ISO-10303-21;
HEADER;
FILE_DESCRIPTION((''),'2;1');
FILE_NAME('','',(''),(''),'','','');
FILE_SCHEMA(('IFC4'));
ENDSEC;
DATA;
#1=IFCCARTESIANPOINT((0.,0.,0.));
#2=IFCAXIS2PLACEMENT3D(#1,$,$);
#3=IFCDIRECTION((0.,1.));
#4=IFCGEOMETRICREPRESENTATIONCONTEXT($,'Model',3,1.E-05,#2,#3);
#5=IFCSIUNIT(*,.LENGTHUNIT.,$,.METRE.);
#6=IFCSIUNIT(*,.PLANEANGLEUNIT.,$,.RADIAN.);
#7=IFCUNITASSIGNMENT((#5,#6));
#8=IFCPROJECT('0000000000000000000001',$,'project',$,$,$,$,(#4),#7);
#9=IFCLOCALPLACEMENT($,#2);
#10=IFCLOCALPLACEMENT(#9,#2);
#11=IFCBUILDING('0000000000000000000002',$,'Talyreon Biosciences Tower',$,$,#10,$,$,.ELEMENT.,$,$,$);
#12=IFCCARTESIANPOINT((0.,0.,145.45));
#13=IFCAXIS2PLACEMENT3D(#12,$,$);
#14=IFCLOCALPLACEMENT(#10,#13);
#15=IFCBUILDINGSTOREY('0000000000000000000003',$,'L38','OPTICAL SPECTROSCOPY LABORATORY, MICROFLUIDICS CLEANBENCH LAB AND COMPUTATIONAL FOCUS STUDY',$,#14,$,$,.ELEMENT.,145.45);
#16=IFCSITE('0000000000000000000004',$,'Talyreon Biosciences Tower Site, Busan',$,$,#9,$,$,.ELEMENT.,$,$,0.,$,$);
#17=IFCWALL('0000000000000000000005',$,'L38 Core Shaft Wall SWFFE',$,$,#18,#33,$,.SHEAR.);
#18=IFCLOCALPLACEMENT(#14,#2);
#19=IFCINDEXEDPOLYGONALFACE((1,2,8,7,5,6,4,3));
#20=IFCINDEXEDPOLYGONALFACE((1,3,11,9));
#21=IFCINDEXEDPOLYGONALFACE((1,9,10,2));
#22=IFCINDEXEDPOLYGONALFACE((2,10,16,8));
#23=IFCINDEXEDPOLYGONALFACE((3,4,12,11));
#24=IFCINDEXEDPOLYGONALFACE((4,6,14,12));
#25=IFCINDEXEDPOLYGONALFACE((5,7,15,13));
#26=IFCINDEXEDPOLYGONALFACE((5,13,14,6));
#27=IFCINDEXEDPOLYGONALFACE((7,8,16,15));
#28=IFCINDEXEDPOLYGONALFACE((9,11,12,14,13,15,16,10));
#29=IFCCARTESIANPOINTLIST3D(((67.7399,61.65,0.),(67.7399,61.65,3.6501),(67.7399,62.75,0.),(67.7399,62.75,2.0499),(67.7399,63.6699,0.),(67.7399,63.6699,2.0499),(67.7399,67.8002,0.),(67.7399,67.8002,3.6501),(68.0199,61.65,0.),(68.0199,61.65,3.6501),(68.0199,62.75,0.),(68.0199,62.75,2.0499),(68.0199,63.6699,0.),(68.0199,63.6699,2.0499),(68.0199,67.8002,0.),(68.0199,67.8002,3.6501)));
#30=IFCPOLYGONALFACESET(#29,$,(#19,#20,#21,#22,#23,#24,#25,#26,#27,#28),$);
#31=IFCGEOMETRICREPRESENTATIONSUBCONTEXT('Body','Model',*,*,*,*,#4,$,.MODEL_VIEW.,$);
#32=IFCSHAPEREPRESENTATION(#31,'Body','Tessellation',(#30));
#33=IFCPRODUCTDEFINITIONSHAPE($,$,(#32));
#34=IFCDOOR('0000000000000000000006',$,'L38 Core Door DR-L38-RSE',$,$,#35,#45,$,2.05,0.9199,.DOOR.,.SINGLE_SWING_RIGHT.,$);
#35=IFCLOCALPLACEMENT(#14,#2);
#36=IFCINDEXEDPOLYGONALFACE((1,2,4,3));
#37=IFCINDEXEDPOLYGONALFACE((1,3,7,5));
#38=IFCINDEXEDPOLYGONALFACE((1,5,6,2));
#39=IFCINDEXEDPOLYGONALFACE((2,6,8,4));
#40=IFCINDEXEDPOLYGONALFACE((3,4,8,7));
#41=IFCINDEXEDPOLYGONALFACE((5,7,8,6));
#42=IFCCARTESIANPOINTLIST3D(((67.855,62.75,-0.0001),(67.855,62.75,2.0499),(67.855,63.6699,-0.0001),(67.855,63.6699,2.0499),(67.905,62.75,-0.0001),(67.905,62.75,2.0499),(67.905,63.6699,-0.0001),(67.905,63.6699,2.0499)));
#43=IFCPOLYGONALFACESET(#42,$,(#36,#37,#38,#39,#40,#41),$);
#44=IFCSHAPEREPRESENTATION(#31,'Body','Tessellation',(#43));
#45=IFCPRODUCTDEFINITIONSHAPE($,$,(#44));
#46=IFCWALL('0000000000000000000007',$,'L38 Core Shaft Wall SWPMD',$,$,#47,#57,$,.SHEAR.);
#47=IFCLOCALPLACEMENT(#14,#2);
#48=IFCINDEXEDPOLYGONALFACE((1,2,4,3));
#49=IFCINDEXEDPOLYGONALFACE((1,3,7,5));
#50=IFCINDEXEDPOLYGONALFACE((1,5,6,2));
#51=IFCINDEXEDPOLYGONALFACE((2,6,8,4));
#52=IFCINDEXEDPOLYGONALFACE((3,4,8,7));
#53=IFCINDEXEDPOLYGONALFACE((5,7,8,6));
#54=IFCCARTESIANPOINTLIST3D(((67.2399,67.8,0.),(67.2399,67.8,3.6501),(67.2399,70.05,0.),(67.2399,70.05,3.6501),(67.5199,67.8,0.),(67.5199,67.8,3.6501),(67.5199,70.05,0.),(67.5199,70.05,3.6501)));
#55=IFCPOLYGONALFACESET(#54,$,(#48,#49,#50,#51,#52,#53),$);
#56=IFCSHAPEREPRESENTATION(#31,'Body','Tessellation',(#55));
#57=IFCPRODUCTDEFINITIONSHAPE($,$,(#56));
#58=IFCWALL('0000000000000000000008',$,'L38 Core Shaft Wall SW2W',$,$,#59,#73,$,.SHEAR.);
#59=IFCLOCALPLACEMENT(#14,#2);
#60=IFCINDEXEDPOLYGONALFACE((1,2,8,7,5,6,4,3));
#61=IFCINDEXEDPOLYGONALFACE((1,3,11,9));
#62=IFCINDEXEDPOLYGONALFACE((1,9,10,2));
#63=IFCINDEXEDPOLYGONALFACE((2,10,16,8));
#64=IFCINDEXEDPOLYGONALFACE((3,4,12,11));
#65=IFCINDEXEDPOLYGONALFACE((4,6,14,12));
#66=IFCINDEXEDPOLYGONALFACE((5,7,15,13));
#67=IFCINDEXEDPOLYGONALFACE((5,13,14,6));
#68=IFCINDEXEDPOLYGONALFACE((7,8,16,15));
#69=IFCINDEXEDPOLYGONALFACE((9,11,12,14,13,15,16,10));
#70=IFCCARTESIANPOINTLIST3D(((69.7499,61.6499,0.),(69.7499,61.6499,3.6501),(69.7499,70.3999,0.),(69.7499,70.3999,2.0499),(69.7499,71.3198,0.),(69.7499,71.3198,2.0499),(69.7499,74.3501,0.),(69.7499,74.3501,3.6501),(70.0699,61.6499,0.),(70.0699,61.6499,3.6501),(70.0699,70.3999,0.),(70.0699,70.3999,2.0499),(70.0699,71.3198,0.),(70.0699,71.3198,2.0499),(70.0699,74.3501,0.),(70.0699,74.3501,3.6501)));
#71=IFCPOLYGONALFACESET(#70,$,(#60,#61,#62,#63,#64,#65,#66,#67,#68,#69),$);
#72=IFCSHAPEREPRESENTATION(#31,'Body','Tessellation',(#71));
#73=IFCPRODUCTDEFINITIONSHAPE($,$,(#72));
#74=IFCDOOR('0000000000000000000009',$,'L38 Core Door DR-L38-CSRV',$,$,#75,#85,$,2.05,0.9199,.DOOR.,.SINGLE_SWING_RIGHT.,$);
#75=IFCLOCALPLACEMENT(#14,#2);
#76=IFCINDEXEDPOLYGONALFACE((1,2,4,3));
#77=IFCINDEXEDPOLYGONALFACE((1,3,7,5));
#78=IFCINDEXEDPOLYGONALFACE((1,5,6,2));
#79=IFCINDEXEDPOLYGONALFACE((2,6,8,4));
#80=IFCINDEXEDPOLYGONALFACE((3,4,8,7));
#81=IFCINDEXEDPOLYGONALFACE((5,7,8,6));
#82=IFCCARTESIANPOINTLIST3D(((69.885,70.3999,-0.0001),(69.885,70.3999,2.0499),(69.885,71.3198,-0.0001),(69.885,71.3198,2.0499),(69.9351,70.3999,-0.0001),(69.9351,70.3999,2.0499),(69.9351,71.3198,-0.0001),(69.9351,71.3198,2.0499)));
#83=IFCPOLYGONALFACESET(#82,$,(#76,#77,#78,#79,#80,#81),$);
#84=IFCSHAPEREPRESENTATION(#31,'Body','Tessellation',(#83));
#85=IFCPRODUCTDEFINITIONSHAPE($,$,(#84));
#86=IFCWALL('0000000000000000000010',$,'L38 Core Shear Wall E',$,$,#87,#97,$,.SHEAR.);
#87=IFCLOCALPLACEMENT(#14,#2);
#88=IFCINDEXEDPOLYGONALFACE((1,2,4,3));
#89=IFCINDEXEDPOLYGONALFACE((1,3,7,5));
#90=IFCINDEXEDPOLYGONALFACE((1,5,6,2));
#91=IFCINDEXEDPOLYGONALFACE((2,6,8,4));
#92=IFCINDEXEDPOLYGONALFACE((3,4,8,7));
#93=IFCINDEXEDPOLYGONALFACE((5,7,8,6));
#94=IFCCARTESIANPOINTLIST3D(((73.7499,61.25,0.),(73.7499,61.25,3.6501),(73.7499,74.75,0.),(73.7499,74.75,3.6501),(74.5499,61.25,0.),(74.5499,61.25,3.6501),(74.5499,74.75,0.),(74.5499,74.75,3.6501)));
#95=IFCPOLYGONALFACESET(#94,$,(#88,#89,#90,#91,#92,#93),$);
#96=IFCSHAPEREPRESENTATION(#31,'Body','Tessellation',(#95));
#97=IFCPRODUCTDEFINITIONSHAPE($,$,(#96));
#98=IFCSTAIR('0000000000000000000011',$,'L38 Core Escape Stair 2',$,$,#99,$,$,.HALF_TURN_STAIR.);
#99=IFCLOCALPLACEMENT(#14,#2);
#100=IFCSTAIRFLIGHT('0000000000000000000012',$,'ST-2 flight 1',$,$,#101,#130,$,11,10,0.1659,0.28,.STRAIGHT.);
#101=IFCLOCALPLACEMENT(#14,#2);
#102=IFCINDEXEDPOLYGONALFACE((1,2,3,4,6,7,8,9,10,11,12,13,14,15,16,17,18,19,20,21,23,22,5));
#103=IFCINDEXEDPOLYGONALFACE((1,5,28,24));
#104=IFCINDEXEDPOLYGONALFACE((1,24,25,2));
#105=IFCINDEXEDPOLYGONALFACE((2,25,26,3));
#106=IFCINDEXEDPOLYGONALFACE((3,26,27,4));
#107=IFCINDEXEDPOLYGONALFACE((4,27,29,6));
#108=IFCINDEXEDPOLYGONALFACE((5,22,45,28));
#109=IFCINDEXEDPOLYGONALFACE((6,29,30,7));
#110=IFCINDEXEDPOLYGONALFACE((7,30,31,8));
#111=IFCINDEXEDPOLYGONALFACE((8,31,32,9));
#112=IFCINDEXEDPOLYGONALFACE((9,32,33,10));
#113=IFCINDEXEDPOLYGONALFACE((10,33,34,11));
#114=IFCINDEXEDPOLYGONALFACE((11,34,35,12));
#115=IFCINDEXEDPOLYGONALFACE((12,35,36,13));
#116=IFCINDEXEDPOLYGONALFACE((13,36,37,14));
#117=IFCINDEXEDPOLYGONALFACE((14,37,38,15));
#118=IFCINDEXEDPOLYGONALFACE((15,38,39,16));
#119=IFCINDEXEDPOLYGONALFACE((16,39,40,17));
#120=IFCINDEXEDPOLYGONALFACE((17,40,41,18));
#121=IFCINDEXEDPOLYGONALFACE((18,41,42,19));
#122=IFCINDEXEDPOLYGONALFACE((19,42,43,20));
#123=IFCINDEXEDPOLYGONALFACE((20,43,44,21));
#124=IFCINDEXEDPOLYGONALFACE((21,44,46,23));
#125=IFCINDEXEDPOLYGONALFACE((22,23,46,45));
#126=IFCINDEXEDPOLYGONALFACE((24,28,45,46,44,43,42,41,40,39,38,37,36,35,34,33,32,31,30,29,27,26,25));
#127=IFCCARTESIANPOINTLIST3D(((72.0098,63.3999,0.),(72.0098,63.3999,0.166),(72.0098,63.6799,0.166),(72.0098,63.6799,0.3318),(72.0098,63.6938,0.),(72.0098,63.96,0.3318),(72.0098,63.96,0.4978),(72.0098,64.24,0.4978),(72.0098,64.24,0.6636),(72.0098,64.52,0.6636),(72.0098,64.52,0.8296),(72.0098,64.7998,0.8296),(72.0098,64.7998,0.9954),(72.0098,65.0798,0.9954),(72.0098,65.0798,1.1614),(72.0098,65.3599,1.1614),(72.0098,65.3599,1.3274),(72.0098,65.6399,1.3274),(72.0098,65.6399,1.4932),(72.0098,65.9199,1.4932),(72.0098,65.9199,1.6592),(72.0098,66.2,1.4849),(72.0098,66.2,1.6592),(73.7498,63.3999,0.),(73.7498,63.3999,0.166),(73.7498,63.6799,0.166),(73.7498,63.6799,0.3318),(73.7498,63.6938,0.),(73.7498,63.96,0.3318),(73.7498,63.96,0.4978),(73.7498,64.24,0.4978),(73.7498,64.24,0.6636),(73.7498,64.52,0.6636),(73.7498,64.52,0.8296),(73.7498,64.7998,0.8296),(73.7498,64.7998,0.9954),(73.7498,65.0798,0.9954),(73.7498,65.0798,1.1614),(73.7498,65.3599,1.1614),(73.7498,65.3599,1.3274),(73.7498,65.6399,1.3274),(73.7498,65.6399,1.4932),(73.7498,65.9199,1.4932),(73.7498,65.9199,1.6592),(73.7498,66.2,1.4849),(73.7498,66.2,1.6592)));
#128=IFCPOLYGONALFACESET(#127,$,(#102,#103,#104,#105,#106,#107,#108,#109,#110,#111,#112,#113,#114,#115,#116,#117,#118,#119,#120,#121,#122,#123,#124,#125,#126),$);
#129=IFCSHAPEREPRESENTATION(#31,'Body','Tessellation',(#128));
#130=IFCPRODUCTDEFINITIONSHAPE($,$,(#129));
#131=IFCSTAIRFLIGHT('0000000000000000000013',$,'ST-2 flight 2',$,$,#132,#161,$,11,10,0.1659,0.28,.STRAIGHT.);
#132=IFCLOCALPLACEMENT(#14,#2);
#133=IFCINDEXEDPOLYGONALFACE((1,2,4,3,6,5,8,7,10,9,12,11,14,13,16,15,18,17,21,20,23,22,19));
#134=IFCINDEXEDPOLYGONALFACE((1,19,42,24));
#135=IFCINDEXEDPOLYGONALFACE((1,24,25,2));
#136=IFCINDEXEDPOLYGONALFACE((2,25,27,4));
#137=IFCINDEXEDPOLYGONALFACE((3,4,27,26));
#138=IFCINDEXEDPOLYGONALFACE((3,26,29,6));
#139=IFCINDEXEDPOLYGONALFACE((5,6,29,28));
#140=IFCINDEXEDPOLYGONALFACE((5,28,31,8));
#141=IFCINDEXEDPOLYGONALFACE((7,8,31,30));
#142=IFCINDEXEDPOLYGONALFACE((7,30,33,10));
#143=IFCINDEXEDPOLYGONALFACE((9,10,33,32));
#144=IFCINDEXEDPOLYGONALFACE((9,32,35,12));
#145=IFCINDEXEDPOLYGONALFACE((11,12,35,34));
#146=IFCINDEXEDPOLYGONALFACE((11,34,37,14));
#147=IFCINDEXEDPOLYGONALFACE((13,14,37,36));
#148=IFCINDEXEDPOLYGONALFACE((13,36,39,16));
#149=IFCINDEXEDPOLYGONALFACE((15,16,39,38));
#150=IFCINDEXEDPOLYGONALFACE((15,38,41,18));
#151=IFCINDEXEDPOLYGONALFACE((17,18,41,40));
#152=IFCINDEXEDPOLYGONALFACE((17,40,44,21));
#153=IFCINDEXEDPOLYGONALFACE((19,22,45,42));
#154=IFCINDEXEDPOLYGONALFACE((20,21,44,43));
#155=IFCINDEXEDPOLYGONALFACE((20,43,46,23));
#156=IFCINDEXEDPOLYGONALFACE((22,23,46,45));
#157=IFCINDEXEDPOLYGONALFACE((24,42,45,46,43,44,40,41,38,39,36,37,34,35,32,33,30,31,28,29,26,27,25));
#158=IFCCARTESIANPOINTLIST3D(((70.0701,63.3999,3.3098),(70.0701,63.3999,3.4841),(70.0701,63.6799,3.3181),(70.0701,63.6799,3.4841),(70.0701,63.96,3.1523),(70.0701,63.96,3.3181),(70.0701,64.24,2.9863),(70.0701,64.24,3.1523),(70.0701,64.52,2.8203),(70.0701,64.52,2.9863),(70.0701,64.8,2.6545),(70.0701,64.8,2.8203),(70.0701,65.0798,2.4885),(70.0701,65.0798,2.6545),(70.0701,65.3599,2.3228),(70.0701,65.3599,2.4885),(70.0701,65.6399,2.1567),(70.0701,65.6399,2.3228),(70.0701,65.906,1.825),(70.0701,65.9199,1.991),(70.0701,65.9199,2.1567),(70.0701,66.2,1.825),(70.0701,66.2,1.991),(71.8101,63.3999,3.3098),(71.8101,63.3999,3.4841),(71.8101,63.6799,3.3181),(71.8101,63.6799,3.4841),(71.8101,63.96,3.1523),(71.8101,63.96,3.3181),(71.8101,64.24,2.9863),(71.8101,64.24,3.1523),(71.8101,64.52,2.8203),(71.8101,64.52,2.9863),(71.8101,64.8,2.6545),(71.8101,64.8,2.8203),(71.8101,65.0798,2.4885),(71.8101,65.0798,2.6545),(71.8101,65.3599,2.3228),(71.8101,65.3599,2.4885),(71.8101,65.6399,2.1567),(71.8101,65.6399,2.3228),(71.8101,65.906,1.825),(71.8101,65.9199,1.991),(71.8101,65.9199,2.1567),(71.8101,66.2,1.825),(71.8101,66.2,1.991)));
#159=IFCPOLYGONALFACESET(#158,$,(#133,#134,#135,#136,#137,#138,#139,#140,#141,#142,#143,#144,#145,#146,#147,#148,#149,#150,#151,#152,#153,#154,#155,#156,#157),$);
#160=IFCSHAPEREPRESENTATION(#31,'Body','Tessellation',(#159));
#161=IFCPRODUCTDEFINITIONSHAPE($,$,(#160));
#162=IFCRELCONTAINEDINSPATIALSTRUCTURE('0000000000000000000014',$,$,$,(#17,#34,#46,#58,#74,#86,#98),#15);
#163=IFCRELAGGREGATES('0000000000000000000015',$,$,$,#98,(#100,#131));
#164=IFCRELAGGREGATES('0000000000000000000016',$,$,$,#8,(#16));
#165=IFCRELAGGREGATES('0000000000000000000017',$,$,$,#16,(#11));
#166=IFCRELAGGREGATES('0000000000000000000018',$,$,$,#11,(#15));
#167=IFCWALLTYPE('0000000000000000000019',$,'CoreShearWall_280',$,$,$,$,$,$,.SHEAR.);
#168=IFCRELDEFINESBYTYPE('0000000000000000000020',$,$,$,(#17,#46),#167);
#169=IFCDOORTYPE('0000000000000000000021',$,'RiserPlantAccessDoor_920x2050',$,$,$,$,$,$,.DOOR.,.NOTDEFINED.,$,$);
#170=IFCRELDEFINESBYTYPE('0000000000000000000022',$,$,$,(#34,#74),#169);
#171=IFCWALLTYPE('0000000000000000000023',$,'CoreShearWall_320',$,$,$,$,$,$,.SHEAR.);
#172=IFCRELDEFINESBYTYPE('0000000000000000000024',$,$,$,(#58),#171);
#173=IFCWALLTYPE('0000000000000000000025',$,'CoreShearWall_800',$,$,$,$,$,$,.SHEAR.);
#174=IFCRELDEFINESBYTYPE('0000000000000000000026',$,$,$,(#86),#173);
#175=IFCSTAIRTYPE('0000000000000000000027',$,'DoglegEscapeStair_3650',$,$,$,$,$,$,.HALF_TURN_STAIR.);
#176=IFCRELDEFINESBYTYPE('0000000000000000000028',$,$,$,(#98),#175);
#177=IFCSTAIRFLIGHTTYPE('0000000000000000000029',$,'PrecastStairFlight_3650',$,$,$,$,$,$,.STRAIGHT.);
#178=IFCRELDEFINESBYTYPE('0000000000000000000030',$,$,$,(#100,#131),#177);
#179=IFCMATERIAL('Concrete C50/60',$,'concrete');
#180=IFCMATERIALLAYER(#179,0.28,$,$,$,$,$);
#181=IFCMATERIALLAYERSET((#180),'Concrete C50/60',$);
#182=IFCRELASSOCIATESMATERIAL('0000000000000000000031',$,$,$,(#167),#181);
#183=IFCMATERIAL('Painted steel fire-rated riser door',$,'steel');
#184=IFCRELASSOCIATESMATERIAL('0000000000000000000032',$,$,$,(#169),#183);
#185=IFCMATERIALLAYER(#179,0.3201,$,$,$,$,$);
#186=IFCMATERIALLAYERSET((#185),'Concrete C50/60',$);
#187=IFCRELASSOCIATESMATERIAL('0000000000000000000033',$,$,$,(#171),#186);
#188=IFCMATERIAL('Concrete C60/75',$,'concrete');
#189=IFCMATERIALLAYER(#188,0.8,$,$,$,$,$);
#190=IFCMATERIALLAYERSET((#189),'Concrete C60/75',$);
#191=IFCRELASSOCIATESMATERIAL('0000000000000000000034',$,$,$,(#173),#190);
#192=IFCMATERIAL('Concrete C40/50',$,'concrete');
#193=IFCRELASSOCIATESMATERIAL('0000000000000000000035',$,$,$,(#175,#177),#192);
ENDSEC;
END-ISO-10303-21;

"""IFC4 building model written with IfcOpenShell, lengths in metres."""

from ifc_helpers import new_model, si_unit, direction, frame, frame_2d, origin, place, context, subcontext, project, spatial, polyline, rectangle, outline, extrude, material, layer, layer_set, type_object, element, fill, aggregate, save


model = new_model("IFC4")

# Units and contexts
model_context = context("Model", 3, precision=1e-05, world=origin(), true_north=direction((0.0, 1.0)))
body_context = subcontext(model_context, "Body", "Model", "MODEL_VIEW")
ifc_project = project(units=[si_unit("LENGTHUNIT", "METRE"), si_unit("PLANEANGLEUNIT", "RADIAN")], contexts=[model_context])

# Site, building, storey
site_placement = place(None, origin())
site = spatial("IfcSite", under=ifc_project, at=site_placement, Name="Talyreon Biosciences Tower Site, Busan", CompositionType="ELEMENT", RefElevation=0.0)
building_placement = place(site_placement, origin())
building = spatial("IfcBuilding", under=site, at=building_placement, Name="Talyreon Biosciences Tower", CompositionType="ELEMENT")
storey_placement = place(building_placement, frame((0.0, 0.0, 145.45)))
storey = spatial("IfcBuildingStorey", under=building, at=storey_placement, Name="L38", Description="OPTICAL SPECTROSCOPY LABORATORY, MICROFLUIDICS CLEANBENCH LAB AND COMPUTATIONAL FOCUS STUDY", CompositionType="ELEMENT", Elevation=145.45)

# Shared definitions
ifc_material_1 = material(Name="Concrete C60/75", Category="concrete")
ifc_material_2 = material(Name="Concrete C50/60", Category="concrete")

# Wall, opening, door
ifc_layer_1 = layer(ifc_material_2, 0.28)
ifc_layer_set_1 = layer_set([ifc_layer_1], Name="Concrete C50/60")
wall_type_1 = type_object("IfcWallType", Name="CoreShearWall_280", PredefinedType="SHEAR", material=ifc_layer_set_1)
wall_1_placement = place(storey_placement, frame((67.8799, 61.6499, 0.0), z_axis=(0.0, 0.0, 1.0), x_axis=(0.0, 1.0, 0.0)))
wall_1 = element("IfcWall", 1, at=wall_1_placement, inside=storey, type_object=wall_type_1, Name="L38 Core Shaft Wall SWFFE", PredefinedType="SHEAR", context=body_context, shape_type="SweptSolid", body=[
    extrude(rectangle(XDim=6.1501, YDim=0.28, at=frame_2d((3.0752, 0.0))), origin(), (0.0, 0.0, 1.0), 3.6501),
])
opening_1_placement = place(wall_1_placement, frame((1.1001, 0.0, 0.0)))
opening_1 = element("IfcOpeningElement", 2, at=opening_1_placement, cuts=wall_1, PredefinedType="OPENING", context=body_context, shape_type="SweptSolid", body=[
    extrude(rectangle(XDim=0.9199, YDim=2.05, at=frame_2d((0.46, 1.0249))), frame((0.0, 0.1499, 0.0), z_axis=(0.0, -1.0, 0.0), x_axis=(1.0, 0.0, 0.0)), (0.0, 0.0, 1.0), 0.3),
])
ifc_material_3 = material(Name="Painted steel fire-rated riser door", Category="steel")
door_type = type_object("IfcDoorType", Name="RiserPlantAccessDoor_920x2050", OperationType="NOTDEFINED", PredefinedType="DOOR", material=ifc_material_3)
door_1_placement = place(opening_1_placement, origin())
door_1 = element("IfcDoor", 3, at=door_1_placement, inside=storey, type_object=door_type, Name="L38 Core Door DR-L38-RSE", OperationType="SINGLE_SWING_RIGHT", OverallHeight=2.05, OverallWidth=0.9199, PredefinedType="DOOR", context=body_context, shape_type="SweptSolid", body=[
    extrude(rectangle(XDim=0.9199, YDim=2.05, at=frame_2d((0.46, 1.0249))), frame((0.0, 0.0249, 0.0), z_axis=(0.0, -1.0, 0.0), x_axis=(1.0, 0.0, 0.0)), (0.0, 0.0, 1.0), 0.05),
])
fill(opening_1, door_1)

# Wall
wall_2_placement = place(storey_placement, frame((67.3799, 67.8, 0.0), z_axis=(0.0, 0.0, 1.0), x_axis=(0.0, 1.0, 0.0)))
element("IfcWall", 4, at=wall_2_placement, inside=storey, type_object=wall_type_1, Name="L38 Core Shaft Wall SWPMD", PredefinedType="SHEAR", context=body_context, shape_type="SweptSolid", body=[
    extrude(rectangle(XDim=2.25, YDim=0.28, at=frame_2d((1.125, 0.0))), origin(), (0.0, 0.0, 1.0), 3.6501),
])

# Wall, opening, door
ifc_layer_2 = layer(ifc_material_2, 0.3201)
ifc_layer_set_2 = layer_set([ifc_layer_2], Name="Concrete C50/60")
wall_type_2 = type_object("IfcWallType", Name="CoreShearWall_320", PredefinedType="SHEAR", material=ifc_layer_set_2)
wall_3_placement = place(storey_placement, frame((69.9099, 61.6499, 0.0), z_axis=(0.0, 0.0, 1.0), x_axis=(0.0, 1.0, 0.0)))
wall_3 = element("IfcWall", 5, at=wall_3_placement, inside=storey, type_object=wall_type_2, Name="L38 Core Shaft Wall SW2W", PredefinedType="SHEAR", context=body_context, shape_type="SweptSolid", body=[
    extrude(rectangle(XDim=12.7002, YDim=0.3201, at=frame_2d((6.3501, 0.0))), origin(), (0.0, 0.0, 1.0), 3.6501),
])
opening_2_placement = place(wall_3_placement, frame((8.75, 0.0, 0.0)))
opening_2 = element("IfcOpeningElement", 6, at=opening_2_placement, cuts=wall_3, PredefinedType="OPENING", context=body_context, shape_type="SweptSolid", body=[
    extrude(rectangle(XDim=0.9199, YDim=2.05, at=frame_2d((0.46, 1.0249))), frame((0.0, 0.1699, 0.0), z_axis=(0.0, -1.0, 0.0), x_axis=(1.0, 0.0, 0.0)), (0.0, 0.0, 1.0), 0.3401),
])
door_2_placement = place(opening_2_placement, origin())
door_2 = element("IfcDoor", 7, at=door_2_placement, inside=storey, type_object=door_type, Name="L38 Core Door DR-L38-CSRV", OperationType="SINGLE_SWING_RIGHT", OverallHeight=2.05, OverallWidth=0.9199, PredefinedType="DOOR", context=body_context, shape_type="SweptSolid", body=[
    extrude(rectangle(XDim=0.9199, YDim=2.05, at=frame_2d((0.46, 1.0249))), frame((0.0, 0.0249, 0.0), z_axis=(0.0, -1.0, 0.0), x_axis=(1.0, 0.0, 0.0)), (0.0, 0.0, 1.0), 0.05),
])
fill(opening_2, door_2)

# Wall
ifc_layer_3 = layer(ifc_material_1, 0.8)
ifc_layer_set_3 = layer_set([ifc_layer_3], Name="Concrete C60/75")
wall_type_3 = type_object("IfcWallType", Name="CoreShearWall_800", PredefinedType="SHEAR", material=ifc_layer_set_3)
wall_4_placement = place(storey_placement, frame((74.1499, 61.25, 0.0), z_axis=(0.0, 0.0, 1.0), x_axis=(0.0, 1.0, 0.0)))
element("IfcWall", 8, at=wall_4_placement, inside=storey, type_object=wall_type_3, Name="L38 Core Shear Wall E", PredefinedType="SHEAR", context=body_context, shape_type="SweptSolid", body=[
    extrude(rectangle(XDim=13.5, YDim=0.8, at=frame_2d((6.75, 0.0))), origin(), (0.0, 0.0, 1.0), 3.6501),
])

# Stair, stair flights
ifc_material_4 = material(Name="Concrete C40/50", Category="concrete")
stair_type = type_object("IfcStairType", Name="DoglegEscapeStair_3650", PredefinedType="HALF_TURN_STAIR", material=ifc_material_4)
stair_placement = place(storey_placement, origin())
stair = element("IfcStair", 9, at=stair_placement, inside=storey, type_object=stair_type, Name="L38 Core Escape Stair 2", PredefinedType="HALF_TURN_STAIR")
stair_flight_type = type_object("IfcStairFlightType", Name="PrecastStairFlight_3650", PredefinedType="STRAIGHT", material=ifc_material_4)
stair_flight_1_placement = place(storey_placement, frame((72.8799, 63.3999, 0.0), z_axis=(0.0, 0.0, 1.0), x_axis=(0.0, 1.0, 0.0)))
stair_flight_1 = element("IfcStairFlight", 10, at=stair_flight_1_placement, type_object=stair_flight_type, Name="ST-2 flight 1", NumberOfRisers=11, NumberOfTreads=10, PredefinedType="STRAIGHT", RiserHeight=0.1659, TreadLength=0.28, context=body_context, shape_type="SweptSolid", body=[
    extrude(outline(polyline([(0.0, 0.0), (0.0, 0.166), (0.28, 0.166), (0.28, 0.3318), (0.5601, 0.3318), (0.5601, 0.4978), (0.8401, 0.4978), (0.8401, 0.6636), (1.1201, 0.6636), (1.1201, 0.8296), (1.3999, 0.8296), (1.3999, 0.9954), (1.6799, 0.9954), (1.6799, 1.1614), (1.96, 1.1614), (1.96, 1.3274), (2.24, 1.3274), (2.24, 1.4932), (2.52, 1.4932), (2.52, 1.6592), (2.8, 1.6592), (2.8, 1.825), (2.8, 1.4849), (0.2939, 0.0), (0.0, 0.0)])), frame((0.0, 0.8701, 0.0), z_axis=(0.0, -1.0, 0.0), x_axis=(1.0, 0.0, 0.0)), (0.0, 0.0, 1.0), 1.74),
])
stair_flight_2_placement = place(storey_placement, frame((70.9399, 66.2, 1.825), z_axis=(0.0, 0.0, 1.0), x_axis=(0.0, -1.0, 0.0)))
stair_flight_2 = element("IfcStairFlight", 11, at=stair_flight_2_placement, type_object=stair_flight_type, Name="ST-2 flight 2", NumberOfRisers=11, NumberOfTreads=10, PredefinedType="STRAIGHT", RiserHeight=0.1659, TreadLength=0.28, context=body_context, shape_type="SweptSolid", body=[
    extrude(outline(polyline([(0.0, 0.0), (0.0, 0.166), (0.28, 0.166), (0.28, 0.3318), (0.5601, 0.3318), (0.5601, 0.4978), (0.8401, 0.4978), (0.8401, 0.6636), (1.1201, 0.6636), (1.1201, 0.8296), (1.3999, 0.8296), (1.3999, 0.9954), (1.6799, 0.9954), (1.6799, 1.1614), (1.96, 1.1614), (1.96, 1.3274), (2.24, 1.3274), (2.24, 1.4932), (2.52, 1.4932), (2.52, 1.6592), (2.8, 1.6592), (2.8, 1.825), (2.8, 1.4849), (0.2939, 0.0), (0.0, 0.0)])), frame((0.0, 0.8701, 0.0), z_axis=(0.0, -1.0, 0.0), x_axis=(1.0, 0.0, 0.0)), (0.0, 0.0, 1.0), 1.74),
])
aggregate(stair, [stair_flight_1, stair_flight_2])

save(model, "model.ifc")
